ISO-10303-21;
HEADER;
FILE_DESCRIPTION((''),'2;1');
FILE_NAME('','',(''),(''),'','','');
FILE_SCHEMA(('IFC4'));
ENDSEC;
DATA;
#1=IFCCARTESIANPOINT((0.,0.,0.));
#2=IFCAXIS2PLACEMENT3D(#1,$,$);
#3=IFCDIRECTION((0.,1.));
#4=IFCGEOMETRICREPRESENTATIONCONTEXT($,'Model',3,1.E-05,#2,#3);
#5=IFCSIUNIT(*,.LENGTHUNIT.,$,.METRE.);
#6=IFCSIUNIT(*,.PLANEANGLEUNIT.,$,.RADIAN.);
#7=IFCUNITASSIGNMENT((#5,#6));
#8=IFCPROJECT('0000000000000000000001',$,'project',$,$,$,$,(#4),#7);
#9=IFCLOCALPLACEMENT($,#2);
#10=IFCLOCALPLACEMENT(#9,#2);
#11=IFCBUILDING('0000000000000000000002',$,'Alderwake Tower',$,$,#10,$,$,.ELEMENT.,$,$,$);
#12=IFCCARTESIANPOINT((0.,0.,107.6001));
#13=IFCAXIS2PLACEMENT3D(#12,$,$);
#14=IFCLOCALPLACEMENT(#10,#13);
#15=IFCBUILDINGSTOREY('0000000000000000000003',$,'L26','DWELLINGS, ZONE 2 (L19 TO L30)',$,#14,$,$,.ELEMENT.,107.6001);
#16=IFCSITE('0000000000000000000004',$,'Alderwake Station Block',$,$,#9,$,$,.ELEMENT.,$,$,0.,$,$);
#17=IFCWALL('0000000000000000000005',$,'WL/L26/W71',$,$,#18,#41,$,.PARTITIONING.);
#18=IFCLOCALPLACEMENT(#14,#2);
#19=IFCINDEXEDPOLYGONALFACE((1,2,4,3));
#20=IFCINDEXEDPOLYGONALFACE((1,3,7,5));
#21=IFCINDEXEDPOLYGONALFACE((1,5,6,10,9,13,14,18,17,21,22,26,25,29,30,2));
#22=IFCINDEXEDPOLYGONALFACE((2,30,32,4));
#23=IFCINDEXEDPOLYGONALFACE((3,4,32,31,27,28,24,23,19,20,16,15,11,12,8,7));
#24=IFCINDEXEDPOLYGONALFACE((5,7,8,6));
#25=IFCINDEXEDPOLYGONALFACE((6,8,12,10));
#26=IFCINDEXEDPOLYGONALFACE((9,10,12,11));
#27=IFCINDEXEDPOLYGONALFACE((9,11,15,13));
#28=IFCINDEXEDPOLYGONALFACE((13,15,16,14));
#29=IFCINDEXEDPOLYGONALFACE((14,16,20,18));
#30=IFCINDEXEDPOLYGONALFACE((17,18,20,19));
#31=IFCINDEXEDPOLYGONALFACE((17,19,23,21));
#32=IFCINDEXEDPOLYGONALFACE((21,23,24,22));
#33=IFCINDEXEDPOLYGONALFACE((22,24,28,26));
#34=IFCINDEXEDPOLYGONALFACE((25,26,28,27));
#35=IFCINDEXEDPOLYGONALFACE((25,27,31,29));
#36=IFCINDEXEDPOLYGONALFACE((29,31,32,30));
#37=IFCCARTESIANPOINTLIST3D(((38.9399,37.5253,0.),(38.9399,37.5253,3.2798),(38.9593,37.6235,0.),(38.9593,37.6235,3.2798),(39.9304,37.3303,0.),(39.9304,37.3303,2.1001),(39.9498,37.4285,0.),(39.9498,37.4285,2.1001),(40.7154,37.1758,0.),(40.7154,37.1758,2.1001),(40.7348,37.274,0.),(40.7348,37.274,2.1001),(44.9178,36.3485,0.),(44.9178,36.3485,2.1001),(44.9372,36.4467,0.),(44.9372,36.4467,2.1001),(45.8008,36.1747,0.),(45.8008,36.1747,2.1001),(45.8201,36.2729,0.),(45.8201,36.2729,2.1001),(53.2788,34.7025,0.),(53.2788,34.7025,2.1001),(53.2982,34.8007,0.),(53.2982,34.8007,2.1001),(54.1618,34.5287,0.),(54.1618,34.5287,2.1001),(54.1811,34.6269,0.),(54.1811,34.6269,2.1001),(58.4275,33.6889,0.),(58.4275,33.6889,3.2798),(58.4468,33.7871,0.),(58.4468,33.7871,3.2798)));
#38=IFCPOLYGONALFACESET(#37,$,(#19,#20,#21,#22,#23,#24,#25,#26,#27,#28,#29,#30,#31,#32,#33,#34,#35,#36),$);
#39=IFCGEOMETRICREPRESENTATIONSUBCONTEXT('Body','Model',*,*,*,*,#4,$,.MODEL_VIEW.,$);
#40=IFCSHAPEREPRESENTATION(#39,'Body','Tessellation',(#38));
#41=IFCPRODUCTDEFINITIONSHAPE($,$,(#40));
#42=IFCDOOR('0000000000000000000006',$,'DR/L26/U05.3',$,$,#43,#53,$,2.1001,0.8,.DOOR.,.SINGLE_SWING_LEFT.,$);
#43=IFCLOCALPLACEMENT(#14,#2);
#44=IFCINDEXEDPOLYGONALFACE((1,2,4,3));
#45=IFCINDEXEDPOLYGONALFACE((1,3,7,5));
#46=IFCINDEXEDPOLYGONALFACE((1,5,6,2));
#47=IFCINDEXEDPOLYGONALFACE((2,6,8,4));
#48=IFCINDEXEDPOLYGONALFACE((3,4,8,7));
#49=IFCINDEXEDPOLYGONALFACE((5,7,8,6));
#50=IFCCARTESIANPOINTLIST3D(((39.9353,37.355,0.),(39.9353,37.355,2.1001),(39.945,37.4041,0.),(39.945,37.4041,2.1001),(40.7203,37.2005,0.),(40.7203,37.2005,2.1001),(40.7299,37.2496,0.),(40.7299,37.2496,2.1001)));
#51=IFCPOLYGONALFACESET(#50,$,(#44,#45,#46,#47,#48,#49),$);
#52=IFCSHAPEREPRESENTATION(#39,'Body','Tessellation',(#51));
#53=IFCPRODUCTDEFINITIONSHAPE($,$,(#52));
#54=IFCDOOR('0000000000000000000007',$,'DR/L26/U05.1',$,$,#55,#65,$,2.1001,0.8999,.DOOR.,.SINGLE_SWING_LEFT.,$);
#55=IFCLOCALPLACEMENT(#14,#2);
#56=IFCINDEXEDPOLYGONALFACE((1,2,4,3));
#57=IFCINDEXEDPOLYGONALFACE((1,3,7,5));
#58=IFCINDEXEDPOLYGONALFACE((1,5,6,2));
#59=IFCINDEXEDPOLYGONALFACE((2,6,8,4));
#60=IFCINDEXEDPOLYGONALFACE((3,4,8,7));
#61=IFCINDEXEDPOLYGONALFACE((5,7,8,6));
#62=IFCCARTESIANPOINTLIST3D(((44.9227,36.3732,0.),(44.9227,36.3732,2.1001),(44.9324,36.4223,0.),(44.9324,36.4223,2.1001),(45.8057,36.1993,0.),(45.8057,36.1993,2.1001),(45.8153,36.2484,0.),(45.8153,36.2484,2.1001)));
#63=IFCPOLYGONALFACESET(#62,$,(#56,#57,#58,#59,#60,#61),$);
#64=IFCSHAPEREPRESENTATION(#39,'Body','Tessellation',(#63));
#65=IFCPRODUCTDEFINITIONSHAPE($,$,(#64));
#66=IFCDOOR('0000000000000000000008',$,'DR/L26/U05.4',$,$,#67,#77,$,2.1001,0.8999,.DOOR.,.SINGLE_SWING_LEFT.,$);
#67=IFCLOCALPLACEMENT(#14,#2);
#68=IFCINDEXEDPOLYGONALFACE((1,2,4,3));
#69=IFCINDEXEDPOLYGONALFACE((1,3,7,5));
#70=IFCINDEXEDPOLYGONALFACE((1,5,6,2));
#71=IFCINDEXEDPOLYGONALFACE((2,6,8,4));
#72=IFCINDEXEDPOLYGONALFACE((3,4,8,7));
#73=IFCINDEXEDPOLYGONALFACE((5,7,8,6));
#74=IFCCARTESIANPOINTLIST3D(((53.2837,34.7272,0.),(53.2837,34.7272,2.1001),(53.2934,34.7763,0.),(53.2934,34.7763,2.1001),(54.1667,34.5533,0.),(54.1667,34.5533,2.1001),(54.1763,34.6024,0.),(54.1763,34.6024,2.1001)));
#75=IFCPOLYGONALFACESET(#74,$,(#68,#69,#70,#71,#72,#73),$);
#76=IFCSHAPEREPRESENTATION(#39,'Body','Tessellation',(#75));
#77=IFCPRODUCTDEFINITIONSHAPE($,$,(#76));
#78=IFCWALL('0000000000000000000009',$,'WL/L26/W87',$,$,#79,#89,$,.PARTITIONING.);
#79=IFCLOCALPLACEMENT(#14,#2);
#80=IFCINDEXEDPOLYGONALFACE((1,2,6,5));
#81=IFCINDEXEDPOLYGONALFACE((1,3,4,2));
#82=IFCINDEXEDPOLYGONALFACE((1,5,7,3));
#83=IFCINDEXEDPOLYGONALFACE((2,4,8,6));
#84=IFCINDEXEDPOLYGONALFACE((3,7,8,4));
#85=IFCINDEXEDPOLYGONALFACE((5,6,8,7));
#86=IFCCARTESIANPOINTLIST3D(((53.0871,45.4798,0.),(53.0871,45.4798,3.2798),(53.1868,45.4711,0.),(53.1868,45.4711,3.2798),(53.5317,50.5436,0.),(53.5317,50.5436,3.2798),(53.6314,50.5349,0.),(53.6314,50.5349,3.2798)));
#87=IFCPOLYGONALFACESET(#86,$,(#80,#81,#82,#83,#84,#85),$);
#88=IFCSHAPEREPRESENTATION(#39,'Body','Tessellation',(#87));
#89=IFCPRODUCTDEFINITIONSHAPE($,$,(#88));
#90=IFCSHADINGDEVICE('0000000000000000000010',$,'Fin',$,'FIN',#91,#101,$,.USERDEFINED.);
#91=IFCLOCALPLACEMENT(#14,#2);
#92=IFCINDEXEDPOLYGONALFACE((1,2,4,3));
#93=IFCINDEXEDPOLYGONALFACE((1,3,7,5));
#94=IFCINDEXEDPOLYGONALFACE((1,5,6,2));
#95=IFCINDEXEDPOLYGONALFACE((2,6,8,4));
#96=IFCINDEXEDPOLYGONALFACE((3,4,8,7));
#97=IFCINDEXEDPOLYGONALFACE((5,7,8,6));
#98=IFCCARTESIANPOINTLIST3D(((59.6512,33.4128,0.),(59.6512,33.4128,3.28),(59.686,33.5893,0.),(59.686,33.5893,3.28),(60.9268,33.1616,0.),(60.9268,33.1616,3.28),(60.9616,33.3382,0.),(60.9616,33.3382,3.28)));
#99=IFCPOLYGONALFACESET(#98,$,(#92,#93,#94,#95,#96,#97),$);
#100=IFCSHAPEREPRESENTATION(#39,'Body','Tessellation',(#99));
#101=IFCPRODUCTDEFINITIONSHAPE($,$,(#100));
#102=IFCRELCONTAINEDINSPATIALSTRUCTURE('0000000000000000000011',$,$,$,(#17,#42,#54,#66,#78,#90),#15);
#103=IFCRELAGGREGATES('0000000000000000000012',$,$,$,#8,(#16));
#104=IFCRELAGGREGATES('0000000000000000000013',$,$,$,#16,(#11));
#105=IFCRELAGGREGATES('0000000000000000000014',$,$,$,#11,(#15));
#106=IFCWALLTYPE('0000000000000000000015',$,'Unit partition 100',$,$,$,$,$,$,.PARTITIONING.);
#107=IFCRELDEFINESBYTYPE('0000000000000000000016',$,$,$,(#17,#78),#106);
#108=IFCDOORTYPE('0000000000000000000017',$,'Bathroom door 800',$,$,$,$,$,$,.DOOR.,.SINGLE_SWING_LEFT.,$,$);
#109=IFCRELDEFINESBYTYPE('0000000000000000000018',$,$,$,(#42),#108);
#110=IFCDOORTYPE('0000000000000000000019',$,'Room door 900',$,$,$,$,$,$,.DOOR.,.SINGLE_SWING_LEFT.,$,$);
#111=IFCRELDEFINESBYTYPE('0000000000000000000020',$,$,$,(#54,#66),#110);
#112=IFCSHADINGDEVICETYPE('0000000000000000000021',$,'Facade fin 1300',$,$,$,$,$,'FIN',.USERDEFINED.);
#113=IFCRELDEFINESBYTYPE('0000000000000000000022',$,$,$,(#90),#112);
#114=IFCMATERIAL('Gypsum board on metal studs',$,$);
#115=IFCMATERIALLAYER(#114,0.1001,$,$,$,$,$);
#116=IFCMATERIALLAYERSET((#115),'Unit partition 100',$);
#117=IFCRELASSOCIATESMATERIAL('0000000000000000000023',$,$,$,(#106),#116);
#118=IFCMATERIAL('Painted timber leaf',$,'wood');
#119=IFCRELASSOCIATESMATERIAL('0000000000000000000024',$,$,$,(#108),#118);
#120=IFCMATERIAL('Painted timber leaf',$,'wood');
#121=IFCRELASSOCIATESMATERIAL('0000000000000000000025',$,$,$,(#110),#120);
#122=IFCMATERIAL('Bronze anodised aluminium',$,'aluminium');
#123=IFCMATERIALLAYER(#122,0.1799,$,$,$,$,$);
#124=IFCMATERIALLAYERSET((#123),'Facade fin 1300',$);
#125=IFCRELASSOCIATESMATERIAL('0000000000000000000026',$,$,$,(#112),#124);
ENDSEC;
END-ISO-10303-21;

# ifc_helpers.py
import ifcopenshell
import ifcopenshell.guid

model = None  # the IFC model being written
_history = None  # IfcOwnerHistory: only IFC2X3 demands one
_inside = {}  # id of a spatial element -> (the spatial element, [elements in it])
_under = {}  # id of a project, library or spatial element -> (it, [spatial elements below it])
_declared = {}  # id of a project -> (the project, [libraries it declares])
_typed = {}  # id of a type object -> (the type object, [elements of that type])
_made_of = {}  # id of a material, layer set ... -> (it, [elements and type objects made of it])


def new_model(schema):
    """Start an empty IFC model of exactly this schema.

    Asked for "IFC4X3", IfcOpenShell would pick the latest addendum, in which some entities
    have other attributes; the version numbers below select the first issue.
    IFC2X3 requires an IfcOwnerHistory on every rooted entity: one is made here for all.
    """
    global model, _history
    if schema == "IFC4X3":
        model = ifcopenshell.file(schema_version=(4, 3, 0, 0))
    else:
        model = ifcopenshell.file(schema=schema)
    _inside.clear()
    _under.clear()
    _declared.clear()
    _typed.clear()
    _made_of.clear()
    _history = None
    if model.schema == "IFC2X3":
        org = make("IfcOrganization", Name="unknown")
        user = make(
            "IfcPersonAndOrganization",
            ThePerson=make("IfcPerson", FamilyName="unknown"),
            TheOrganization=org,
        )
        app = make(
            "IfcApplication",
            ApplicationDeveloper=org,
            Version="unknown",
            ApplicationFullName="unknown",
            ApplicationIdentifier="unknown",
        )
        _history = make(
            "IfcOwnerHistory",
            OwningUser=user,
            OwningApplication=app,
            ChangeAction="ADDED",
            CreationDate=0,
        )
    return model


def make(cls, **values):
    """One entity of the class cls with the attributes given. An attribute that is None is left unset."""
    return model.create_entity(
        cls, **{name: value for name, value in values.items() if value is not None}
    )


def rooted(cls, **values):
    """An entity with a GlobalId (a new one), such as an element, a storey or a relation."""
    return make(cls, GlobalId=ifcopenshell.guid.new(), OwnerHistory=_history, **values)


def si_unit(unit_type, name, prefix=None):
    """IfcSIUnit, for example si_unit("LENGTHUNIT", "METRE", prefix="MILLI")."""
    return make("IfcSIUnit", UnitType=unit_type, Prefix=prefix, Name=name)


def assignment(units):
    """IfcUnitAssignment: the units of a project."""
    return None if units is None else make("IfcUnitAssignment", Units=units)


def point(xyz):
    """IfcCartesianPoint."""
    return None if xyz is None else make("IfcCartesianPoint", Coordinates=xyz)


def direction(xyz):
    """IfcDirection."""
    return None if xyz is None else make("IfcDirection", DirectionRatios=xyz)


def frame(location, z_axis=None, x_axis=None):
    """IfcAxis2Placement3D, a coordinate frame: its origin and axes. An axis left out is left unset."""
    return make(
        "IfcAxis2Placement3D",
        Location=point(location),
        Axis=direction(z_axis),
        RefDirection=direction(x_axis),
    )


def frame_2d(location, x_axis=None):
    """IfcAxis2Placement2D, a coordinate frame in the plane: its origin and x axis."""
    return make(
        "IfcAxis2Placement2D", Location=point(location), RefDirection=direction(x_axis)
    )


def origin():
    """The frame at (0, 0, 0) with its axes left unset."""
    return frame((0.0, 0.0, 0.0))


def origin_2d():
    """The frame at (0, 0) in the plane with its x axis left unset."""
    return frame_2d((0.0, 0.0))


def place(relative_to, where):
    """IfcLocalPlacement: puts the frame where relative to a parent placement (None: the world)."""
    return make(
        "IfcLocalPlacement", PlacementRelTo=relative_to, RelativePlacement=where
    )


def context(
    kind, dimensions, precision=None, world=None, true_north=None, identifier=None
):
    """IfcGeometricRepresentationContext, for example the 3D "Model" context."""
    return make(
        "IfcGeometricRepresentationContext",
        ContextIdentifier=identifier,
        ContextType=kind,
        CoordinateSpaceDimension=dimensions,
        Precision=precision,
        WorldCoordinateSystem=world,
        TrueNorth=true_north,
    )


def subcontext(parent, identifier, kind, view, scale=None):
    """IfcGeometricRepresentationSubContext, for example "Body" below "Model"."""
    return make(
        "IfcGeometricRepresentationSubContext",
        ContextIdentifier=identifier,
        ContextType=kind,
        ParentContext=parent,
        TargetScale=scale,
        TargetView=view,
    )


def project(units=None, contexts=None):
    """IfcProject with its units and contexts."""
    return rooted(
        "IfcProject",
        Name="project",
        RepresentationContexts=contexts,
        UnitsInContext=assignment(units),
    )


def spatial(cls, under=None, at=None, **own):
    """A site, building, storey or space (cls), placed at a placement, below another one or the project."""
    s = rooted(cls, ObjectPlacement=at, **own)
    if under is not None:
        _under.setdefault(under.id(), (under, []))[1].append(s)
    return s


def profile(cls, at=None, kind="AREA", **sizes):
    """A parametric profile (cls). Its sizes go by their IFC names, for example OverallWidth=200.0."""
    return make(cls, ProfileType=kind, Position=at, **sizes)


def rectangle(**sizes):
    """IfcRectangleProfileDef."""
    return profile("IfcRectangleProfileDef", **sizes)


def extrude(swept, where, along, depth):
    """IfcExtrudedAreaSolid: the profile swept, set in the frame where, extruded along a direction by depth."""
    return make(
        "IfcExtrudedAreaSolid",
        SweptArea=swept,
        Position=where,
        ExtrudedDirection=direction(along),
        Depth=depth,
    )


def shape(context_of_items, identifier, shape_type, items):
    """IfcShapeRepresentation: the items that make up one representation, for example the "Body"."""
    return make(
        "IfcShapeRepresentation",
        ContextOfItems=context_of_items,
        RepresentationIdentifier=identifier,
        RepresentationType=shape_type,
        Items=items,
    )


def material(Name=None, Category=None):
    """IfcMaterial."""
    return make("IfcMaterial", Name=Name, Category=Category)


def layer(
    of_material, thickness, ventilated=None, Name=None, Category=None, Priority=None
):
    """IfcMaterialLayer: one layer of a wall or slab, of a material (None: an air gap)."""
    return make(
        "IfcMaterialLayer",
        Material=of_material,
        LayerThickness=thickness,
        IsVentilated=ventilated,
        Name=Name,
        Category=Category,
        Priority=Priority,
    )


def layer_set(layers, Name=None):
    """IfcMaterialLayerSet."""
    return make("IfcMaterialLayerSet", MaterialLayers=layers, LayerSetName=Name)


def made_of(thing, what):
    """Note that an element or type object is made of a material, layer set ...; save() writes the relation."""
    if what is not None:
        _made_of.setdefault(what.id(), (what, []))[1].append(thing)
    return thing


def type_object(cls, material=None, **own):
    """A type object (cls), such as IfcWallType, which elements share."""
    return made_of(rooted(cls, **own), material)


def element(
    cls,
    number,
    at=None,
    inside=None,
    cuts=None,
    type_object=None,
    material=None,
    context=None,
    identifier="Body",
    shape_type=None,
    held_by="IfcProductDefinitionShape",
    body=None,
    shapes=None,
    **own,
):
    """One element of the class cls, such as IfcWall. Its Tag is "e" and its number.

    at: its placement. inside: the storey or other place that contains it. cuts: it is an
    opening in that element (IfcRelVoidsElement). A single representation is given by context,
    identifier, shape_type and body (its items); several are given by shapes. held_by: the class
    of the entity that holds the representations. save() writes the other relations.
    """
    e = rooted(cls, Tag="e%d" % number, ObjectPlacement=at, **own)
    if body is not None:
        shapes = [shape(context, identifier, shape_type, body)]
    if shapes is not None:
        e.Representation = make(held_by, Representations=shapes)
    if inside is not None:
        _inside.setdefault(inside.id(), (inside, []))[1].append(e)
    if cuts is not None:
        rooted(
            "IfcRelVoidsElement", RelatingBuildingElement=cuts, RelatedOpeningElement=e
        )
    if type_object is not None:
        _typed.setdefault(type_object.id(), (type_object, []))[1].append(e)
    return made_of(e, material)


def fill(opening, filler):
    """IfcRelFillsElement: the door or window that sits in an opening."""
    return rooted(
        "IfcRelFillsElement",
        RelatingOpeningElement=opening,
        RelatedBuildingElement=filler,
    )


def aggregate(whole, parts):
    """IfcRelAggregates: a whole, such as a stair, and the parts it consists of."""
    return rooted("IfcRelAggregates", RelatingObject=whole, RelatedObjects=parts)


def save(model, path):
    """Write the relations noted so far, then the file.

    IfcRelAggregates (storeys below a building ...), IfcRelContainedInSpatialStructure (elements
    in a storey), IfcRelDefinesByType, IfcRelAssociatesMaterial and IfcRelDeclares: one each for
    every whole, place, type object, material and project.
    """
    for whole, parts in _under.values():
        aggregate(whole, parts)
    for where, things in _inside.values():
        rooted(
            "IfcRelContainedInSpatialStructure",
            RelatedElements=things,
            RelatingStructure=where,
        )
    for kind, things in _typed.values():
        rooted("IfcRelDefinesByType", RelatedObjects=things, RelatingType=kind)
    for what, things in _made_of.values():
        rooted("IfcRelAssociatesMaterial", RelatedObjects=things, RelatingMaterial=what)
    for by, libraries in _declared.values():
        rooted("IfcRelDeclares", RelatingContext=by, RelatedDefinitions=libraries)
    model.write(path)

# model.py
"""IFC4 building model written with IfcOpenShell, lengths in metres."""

from ifc_helpers import new_model, si_unit, direction, frame, frame_2d, origin, origin_2d, place, context, subcontext, project, spatial, rectangle, extrude, material, layer, layer_set, type_object, element, fill, save


model = new_model("IFC4")

# Units and contexts
model_context = context("Model", 3, precision=1e-05, world=origin(), true_north=direction((0.0, 1.0)))
body_context = subcontext(model_context, "Body", "Model", "MODEL_VIEW")
ifc_project = project(units=[si_unit("LENGTHUNIT", "METRE"), si_unit("PLANEANGLEUNIT", "RADIAN")], contexts=[model_context])

# Site, building, storey
site_placement = place(None, origin())
site = spatial("IfcSite", under=ifc_project, at=site_placement, Name="Alderwake Station Block", CompositionType="ELEMENT", RefElevation=0.0)
building_placement = place(site_placement, origin())
building = spatial("IfcBuilding", under=site, at=building_placement, Name="Alderwake Tower", CompositionType="ELEMENT")
storey_placement = place(building_placement, frame((0.0, 0.0, 107.6001)))
storey = spatial("IfcBuildingStorey", under=building, at=storey_placement, Name="L26", Description="DWELLINGS, ZONE 2 (L19 TO L30)", CompositionType="ELEMENT", Elevation=107.6001)

# Wall, openings, doors
ifc_material_1 = material(Name="Gypsum board on metal studs")
ifc_layer_1 = layer(ifc_material_1, 0.1001)
ifc_layer_set_1 = layer_set([ifc_layer_1], Name="Unit partition 100")
wall_type_1 = type_object("IfcWallType", Name="Unit partition 100", PredefinedType="PARTITIONING", material=ifc_layer_set_1)
wall_1_placement = place(storey_placement, frame((58.437, 33.738, 0.0), z_axis=(0.0, 0.0, 1.0), x_axis=(-0.981168, 0.193158, 0.0)))
wall_1 = element("IfcWall", 1, at=wall_1_placement, inside=storey, type_object=wall_type_1, Name="WL/L26/W71", PredefinedType="PARTITIONING", context=body_context, shape_type="SweptSolid", body=[
    extrude(rectangle(XDim=19.8616, YDim=0.1001, at=frame_2d((9.9307, 0.0))), origin(), (0.0, 0.0, 1.0), 3.2798),
])
opening_1_placement = place(wall_1_placement, frame((12.8689, 0.0, 0.0)))
opening_1 = element("IfcOpeningElement", 2, at=opening_1_placement, cuts=wall_1, PredefinedType="OPENING", context=body_context, shape_type="SweptSolid", body=[
    extrude(rectangle(XDim=0.8999, YDim=2.1001, at=frame_2d((0.45, 1.05))), frame((0.0, 0.0601, 0.0), z_axis=(0.0, -1.0, 0.0), x_axis=(1.0, 0.0, 0.0)), (0.0, 0.0, 1.0), 0.1201),
])
opening_2_placement = place(wall_1_placement, frame((18.052, 0.0, 0.0)))
opening_2 = element("IfcOpeningElement", 3, at=opening_2_placement, cuts=wall_1, PredefinedType="OPENING", context=body_context, shape_type="SweptSolid", body=[
    extrude(rectangle(XDim=0.8, YDim=2.1001, at=frame_2d((0.3999, 1.05))), frame((0.0, 0.0601, 0.0), z_axis=(0.0, -1.0, 0.0), x_axis=(1.0, 0.0, 0.0)), (0.0, 0.0, 1.0), 0.1201),
])
opening_3_placement = place(wall_1_placement, frame((4.3474, 0.0, 0.0)))
opening_3 = element("IfcOpeningElement", 4, at=opening_3_placement, cuts=wall_1, PredefinedType="OPENING", context=body_context, shape_type="SweptSolid", body=[
    extrude(rectangle(XDim=0.8999, YDim=2.1001, at=frame_2d((0.45, 1.05))), frame((0.0, 0.0601, 0.0), z_axis=(0.0, -1.0, 0.0), x_axis=(1.0, 0.0, 0.0)), (0.0, 0.0, 1.0), 0.1201),
])
ifc_material_2 = material(Name="Painted timber leaf", Category="wood")
door_type_1 = type_object("IfcDoorType", Name="Bathroom door 800", OperationType="SINGLE_SWING_LEFT", PredefinedType="DOOR", material=ifc_material_2)
door_1_placement = place(opening_2_placement, origin())
door_1 = element("IfcDoor", 5, at=door_1_placement, inside=storey, type_object=door_type_1, Name="DR/L26/U05.3", OperationType="SINGLE_SWING_LEFT", OverallHeight=2.1001, OverallWidth=0.8, PredefinedType="DOOR", context=body_context, shape_type="SweptSolid", body=[
    extrude(rectangle(XDim=0.8, YDim=2.1001, at=frame_2d((0.3999, 1.05))), frame((0.0, 0.0249, 0.0), z_axis=(0.0, -1.0, 0.0), x_axis=(1.0, 0.0, 0.0)), (0.0, 0.0, 1.0), 0.05),
])
fill(opening_2, door_1)
ifc_material_3 = material(Name="Painted timber leaf", Category="wood")
door_type_2 = type_object("IfcDoorType", Name="Room door 900", OperationType="SINGLE_SWING_LEFT", PredefinedType="DOOR", material=ifc_material_3)
door_2_placement = place(opening_1_placement, origin())
door_2 = element("IfcDoor", 6, at=door_2_placement, inside=storey, type_object=door_type_2, Name="DR/L26/U05.1", OperationType="SINGLE_SWING_LEFT", OverallHeight=2.1001, OverallWidth=0.8999, PredefinedType="DOOR", context=body_context, shape_type="SweptSolid", body=[
    extrude(rectangle(XDim=0.8999, YDim=2.1001, at=frame_2d((0.45, 1.05))), frame((0.0, 0.0249, 0.0), z_axis=(0.0, -1.0, 0.0), x_axis=(1.0, 0.0, 0.0)), (0.0, 0.0, 1.0), 0.05),
])
fill(opening_1, door_2)
door_3_placement = place(opening_3_placement, origin())
door_3 = element("IfcDoor", 7, at=door_3_placement, inside=storey, type_object=door_type_2, Name="DR/L26/U05.4", OperationType="SINGLE_SWING_LEFT", OverallHeight=2.1001, OverallWidth=0.8999, PredefinedType="DOOR", context=body_context, shape_type="SweptSolid", body=[
    extrude(rectangle(XDim=0.8999, YDim=2.1001, at=frame_2d((0.45, 1.05))), frame((0.0, 0.0249, 0.0), z_axis=(0.0, -1.0, 0.0), x_axis=(1.0, 0.0, 0.0)), (0.0, 0.0, 1.0), 0.05),
])
fill(opening_3, door_3)

# Wall
wall_2_placement = place(storey_placement, frame((53.137, 45.4756, 0.0), z_axis=(0.0, 0.0, 1.0), x_axis=(0.087461, 0.996168, 0.0)))
element("IfcWall", 8, at=wall_2_placement, inside=storey, type_object=wall_type_1, Name="WL/L26/W87", PredefinedType="PARTITIONING", context=body_context, shape_type="SweptSolid", body=[
    extrude(rectangle(XDim=5.0833, YDim=0.1001, at=frame_2d((2.5415, 0.0))), origin(), (0.0, 0.0, 1.0), 3.2798),
])

# Shading device
ifc_material_4 = material(Name="Bronze anodised aluminium", Category="aluminium")
ifc_layer_2 = layer(ifc_material_4, 0.1799)
ifc_layer_set_2 = layer_set([ifc_layer_2], Name="Facade fin 1300")
shading_device_type = type_object("IfcShadingDeviceType", Name="Facade fin 1300", ElementType="FIN", PredefinedType="USERDEFINED", material=ifc_layer_set_2)
shading_device_placement = place(storey_placement, frame((60.3064, 33.3755, 0.0), z_axis=(0.0, 0.0, 1.0), x_axis=(0.981164, -0.193178, 0.0)))
element("IfcShadingDevice", 9, at=shading_device_placement, inside=storey, type_object=shading_device_type, Name="Fin", ObjectType="FIN", PredefinedType="USERDEFINED", context=body_context, shape_type="SweptSolid", body=[
    extrude(rectangle(XDim=1.3, YDim=0.1799, at=origin_2d()), origin(), (0.0, 0.0, 1.0), 3.28),
])

save(model, "model.ifc")
